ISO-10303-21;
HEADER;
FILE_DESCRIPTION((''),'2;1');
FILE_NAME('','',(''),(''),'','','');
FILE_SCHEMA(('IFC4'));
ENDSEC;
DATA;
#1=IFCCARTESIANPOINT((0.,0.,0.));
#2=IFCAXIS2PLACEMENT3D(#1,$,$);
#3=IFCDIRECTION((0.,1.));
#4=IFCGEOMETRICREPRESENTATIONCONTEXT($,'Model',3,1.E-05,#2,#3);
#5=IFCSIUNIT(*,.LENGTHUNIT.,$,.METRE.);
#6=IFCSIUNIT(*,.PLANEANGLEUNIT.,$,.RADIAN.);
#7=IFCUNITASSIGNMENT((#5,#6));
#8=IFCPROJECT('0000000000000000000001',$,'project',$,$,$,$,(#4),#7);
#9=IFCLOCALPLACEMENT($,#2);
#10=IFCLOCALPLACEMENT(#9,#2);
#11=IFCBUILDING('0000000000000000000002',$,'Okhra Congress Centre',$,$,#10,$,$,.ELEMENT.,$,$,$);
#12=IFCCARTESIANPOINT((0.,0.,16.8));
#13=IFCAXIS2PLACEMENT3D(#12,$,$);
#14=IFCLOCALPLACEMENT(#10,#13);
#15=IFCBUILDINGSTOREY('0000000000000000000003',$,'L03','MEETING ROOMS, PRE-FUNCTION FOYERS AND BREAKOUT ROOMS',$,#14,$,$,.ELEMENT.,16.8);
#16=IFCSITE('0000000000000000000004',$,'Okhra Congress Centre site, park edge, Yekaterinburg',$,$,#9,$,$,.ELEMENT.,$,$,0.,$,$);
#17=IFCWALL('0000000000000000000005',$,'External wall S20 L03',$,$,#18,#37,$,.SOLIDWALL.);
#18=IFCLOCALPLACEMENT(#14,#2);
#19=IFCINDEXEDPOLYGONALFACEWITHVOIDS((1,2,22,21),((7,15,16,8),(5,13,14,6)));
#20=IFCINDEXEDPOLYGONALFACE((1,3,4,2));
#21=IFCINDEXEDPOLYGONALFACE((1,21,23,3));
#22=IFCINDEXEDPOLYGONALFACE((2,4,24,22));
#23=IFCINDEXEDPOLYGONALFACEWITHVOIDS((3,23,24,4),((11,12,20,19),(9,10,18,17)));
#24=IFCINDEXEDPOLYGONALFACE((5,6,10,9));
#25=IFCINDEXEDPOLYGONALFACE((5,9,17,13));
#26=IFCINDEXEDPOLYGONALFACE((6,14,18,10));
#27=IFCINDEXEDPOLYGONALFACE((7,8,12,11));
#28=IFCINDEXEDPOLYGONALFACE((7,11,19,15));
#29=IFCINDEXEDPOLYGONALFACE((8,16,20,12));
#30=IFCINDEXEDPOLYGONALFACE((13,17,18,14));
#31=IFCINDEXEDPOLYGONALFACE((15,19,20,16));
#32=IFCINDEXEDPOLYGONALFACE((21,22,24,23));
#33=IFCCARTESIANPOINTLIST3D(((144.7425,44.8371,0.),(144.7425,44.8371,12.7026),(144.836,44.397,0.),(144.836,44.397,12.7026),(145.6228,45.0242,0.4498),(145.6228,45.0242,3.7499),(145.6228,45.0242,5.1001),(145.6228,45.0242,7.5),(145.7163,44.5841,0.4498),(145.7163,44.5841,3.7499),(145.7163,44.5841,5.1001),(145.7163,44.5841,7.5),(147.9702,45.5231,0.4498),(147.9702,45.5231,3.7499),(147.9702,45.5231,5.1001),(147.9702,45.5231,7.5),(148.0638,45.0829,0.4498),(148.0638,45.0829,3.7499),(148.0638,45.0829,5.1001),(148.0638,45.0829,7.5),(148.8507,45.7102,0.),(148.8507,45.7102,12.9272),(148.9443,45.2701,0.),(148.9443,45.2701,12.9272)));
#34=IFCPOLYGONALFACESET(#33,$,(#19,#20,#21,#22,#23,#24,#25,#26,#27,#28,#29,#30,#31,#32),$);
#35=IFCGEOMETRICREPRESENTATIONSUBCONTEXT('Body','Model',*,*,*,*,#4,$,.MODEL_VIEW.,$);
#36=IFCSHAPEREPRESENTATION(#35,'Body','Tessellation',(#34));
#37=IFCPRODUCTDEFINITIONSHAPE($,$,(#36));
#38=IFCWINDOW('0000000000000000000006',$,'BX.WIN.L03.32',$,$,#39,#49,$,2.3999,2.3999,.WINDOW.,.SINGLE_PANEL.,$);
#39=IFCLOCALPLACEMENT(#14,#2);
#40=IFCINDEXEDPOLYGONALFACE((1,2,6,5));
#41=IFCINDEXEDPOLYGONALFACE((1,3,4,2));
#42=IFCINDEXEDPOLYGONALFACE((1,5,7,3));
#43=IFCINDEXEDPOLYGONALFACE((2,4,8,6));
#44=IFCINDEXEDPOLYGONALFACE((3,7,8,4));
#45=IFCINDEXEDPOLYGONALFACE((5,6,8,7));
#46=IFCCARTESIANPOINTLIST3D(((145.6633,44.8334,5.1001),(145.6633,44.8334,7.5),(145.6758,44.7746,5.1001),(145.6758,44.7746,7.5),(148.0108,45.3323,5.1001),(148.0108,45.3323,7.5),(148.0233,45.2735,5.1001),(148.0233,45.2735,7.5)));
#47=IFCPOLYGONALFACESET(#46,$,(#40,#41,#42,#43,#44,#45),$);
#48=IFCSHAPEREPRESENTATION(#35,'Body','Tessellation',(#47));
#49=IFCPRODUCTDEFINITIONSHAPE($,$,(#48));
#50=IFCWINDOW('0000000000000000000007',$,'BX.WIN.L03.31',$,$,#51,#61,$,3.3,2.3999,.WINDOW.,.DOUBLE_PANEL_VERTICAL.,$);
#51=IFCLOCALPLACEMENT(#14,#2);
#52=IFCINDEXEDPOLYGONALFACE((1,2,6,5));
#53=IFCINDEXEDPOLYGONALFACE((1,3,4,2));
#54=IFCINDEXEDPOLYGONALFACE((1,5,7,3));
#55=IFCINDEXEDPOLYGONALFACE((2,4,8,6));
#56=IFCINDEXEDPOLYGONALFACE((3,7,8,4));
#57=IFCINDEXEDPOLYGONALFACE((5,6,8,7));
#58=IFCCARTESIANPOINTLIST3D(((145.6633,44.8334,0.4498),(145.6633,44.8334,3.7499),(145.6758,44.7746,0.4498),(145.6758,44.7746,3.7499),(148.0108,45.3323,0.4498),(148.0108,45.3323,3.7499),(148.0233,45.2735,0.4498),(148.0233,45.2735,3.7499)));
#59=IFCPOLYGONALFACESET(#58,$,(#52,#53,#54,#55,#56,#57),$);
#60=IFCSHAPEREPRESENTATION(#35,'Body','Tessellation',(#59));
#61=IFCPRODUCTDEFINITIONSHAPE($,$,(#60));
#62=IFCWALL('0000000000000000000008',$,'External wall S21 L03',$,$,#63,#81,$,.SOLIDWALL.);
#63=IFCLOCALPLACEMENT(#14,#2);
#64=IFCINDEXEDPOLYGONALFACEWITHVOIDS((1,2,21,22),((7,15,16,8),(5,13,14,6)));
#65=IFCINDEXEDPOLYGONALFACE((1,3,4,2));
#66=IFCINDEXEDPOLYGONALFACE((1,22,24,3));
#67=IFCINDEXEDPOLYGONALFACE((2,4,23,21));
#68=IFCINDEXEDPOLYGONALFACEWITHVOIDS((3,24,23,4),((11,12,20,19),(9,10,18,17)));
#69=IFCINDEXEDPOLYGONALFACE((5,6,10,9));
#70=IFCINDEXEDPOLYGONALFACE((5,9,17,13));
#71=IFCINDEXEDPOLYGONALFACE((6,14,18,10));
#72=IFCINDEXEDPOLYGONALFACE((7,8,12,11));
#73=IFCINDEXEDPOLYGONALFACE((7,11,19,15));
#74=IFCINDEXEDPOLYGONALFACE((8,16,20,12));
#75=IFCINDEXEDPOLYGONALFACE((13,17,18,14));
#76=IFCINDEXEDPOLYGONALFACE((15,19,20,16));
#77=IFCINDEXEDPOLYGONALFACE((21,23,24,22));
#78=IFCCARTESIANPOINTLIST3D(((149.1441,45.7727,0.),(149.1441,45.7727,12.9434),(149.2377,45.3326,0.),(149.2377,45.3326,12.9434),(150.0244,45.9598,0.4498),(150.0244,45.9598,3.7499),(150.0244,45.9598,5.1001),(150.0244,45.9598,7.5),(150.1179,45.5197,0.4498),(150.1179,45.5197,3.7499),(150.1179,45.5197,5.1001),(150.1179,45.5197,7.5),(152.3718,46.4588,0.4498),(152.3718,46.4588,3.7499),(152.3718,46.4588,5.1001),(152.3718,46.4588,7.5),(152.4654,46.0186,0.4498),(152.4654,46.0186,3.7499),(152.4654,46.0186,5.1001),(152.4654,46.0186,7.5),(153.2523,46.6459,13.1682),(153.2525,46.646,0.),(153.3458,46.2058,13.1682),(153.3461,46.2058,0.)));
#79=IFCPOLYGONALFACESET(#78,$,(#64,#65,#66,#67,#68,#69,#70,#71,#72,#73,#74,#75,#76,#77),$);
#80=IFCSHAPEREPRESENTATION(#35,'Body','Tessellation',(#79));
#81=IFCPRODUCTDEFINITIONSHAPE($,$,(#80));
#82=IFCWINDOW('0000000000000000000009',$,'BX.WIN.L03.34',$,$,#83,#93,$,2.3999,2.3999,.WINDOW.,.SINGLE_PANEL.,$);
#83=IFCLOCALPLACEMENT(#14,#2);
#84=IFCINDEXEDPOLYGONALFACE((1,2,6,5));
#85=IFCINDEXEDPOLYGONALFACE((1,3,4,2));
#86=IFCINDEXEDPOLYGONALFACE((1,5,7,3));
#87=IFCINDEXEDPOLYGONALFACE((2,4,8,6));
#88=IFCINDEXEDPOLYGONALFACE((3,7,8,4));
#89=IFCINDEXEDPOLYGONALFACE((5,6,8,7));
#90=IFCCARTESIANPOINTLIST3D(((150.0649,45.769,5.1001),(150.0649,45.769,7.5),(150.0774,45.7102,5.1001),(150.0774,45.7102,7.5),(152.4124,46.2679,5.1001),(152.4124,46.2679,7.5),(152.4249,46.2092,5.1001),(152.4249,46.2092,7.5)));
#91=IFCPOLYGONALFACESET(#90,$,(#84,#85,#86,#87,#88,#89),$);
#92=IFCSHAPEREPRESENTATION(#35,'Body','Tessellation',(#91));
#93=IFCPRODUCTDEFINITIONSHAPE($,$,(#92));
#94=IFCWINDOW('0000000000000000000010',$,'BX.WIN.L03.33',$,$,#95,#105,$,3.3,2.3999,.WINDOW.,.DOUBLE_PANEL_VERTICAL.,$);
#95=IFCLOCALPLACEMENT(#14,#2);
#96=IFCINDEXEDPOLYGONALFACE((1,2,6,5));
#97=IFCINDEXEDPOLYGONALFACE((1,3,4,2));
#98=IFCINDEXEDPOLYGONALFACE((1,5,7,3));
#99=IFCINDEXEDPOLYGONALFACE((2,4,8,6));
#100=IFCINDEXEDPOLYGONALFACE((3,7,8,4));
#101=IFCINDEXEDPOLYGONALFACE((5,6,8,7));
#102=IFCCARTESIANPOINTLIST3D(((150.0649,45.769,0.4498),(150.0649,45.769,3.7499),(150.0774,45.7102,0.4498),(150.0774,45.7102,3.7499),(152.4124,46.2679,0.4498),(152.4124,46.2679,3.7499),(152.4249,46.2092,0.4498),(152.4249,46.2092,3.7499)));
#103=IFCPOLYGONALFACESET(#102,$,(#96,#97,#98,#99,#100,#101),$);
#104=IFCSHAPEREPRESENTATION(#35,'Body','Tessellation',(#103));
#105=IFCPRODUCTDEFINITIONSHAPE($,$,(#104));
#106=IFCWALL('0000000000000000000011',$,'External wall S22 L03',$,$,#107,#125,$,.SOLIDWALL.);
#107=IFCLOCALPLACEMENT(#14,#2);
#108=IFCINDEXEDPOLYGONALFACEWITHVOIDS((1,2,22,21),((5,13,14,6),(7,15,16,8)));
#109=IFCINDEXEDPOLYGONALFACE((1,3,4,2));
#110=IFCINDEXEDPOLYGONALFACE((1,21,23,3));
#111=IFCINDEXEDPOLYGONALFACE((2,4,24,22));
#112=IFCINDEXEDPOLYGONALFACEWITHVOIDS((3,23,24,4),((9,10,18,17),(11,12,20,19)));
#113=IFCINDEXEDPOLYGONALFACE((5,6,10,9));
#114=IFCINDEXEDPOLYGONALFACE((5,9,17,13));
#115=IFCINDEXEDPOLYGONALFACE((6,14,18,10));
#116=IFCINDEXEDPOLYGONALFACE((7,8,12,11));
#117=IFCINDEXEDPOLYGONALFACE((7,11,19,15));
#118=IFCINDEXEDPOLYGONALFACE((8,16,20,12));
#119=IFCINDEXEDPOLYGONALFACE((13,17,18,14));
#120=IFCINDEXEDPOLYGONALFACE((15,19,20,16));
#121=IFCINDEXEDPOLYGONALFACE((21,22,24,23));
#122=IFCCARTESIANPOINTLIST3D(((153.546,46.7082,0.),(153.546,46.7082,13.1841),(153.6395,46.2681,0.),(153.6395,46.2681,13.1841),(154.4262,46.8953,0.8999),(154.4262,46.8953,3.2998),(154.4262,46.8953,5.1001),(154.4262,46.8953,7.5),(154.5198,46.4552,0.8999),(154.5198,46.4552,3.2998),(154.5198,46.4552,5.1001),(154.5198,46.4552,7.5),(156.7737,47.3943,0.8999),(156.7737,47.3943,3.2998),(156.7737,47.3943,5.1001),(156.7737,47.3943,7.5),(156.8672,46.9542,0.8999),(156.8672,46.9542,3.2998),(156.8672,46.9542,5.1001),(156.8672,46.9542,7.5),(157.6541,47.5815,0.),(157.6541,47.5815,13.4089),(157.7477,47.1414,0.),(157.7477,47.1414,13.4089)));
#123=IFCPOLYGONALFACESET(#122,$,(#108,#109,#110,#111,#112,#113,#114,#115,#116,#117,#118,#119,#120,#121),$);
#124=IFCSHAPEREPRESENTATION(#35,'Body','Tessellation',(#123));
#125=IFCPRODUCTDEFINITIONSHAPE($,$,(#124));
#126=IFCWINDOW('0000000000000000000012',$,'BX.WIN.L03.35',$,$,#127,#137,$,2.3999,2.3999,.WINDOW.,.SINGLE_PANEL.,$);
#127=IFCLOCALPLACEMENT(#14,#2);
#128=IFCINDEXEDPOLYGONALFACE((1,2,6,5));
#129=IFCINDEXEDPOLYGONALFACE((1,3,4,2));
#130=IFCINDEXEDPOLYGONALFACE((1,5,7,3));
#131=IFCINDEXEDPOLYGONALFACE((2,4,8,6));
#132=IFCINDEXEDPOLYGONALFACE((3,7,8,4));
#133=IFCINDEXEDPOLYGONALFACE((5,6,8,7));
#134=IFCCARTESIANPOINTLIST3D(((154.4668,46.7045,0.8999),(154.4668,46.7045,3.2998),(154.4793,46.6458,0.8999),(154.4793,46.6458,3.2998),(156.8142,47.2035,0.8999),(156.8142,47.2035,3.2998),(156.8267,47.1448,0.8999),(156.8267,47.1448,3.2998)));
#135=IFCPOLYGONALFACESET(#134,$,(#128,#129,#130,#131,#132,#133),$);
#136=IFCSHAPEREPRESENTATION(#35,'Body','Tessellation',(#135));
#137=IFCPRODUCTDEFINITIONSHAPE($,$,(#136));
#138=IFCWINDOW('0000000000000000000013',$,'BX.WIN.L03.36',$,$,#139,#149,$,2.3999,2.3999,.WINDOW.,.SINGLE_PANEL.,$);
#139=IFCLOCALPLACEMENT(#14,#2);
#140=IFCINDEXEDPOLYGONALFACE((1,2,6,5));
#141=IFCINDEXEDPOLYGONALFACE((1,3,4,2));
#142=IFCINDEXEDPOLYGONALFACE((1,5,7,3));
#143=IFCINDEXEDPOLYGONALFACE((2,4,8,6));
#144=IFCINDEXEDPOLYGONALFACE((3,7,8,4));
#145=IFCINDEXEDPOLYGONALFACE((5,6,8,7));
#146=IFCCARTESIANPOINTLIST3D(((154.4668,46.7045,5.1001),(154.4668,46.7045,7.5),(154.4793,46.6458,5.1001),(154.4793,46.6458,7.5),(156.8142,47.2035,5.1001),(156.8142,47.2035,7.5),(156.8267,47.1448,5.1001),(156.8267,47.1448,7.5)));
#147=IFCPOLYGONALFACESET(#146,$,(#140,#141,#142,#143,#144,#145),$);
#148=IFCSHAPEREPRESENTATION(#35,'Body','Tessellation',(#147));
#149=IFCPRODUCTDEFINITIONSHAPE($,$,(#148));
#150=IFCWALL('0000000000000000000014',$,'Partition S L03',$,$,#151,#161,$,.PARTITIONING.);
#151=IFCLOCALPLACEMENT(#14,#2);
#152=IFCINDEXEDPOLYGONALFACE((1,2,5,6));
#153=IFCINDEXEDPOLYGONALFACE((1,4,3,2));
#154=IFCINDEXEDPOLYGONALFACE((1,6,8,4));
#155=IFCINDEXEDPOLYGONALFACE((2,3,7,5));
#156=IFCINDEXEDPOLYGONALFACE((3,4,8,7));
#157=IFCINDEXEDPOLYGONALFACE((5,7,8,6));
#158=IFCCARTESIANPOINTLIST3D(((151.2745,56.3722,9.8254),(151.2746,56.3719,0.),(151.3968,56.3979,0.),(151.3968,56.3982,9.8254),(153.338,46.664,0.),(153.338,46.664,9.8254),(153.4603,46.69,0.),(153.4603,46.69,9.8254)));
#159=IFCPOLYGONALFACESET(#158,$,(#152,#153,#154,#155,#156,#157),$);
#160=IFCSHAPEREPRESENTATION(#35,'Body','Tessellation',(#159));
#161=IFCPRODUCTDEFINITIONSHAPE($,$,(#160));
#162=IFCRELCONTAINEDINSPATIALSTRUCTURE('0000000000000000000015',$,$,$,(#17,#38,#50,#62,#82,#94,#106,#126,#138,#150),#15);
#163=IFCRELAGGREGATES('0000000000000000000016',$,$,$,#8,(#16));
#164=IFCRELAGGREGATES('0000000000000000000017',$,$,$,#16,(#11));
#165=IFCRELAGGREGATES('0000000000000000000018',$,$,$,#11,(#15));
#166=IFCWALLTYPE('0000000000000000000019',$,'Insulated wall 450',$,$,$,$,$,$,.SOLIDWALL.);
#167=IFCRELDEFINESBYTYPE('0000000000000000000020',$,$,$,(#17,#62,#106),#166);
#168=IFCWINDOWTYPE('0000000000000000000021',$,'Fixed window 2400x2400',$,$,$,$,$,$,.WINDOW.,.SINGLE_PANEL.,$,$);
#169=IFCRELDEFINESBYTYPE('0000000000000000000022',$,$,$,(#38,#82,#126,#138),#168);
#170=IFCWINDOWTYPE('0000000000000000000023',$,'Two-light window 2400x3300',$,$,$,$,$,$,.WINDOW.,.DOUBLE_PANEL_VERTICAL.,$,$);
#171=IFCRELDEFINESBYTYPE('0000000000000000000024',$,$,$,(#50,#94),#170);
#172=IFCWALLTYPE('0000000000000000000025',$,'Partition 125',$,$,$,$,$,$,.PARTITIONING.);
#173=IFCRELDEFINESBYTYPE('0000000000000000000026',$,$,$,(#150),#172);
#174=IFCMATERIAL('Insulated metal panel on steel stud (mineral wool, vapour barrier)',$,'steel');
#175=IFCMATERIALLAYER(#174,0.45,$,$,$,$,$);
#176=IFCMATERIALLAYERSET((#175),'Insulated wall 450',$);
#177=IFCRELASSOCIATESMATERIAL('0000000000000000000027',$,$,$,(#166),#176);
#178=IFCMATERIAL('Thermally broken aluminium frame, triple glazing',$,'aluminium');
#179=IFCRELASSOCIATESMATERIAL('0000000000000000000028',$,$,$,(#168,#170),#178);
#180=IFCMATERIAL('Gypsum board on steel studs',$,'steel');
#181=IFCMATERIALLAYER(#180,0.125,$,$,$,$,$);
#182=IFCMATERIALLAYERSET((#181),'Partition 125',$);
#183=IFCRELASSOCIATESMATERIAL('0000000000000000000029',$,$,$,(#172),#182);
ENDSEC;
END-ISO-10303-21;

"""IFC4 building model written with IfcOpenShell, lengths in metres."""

from ifc_helpers import new_model, si_unit, direction, frame, frame_2d, origin, place, context, subcontext, project, spatial, polyline, rectangle, outline, extrude, material, layer, layer_set, type_object, element, fill, save


model = new_model("IFC4")

# Units and contexts
model_context = context("Model", 3, precision=1e-05, world=origin(), true_north=direction((0.0, 1.0)))
body_context = subcontext(model_context, "Body", "Model", "MODEL_VIEW")
ifc_project = project(units=[si_unit("LENGTHUNIT", "METRE"), si_unit("PLANEANGLEUNIT", "RADIAN")], contexts=[model_context])

# Site, building, storey
site_placement = place(None, origin())
site = spatial("IfcSite", under=ifc_project, at=site_placement, Name="Okhra Congress Centre site, park edge, Yekaterinburg", CompositionType="ELEMENT", RefElevation=0.0)
building_placement = place(site_placement, origin())
building = spatial("IfcBuilding", under=site, at=building_placement, Name="Okhra Congress Centre", CompositionType="ELEMENT")
storey_placement = place(building_placement, frame((0.0, 0.0, 16.8)))
storey = spatial("IfcBuildingStorey", under=building, at=storey_placement, Name="L03", Description="MEETING ROOMS, PRE-FUNCTION FOYERS AND BREAKOUT ROOMS", CompositionType="ELEMENT", Elevation=16.8)

# Walls, openings, windows
ifc_material_1 = material(Name="Insulated metal panel on steel stud (mineral wool, vapour barrier)", Category="steel")
ifc_layer_1 = layer(ifc_material_1, 0.45)
ifc_layer_set_1 = layer_set([ifc_layer_1], Name="Insulated wall 450")
wall_type_1 = type_object("IfcWallType", Name="Insulated wall 450", PredefinedType="SOLIDWALL", material=ifc_layer_set_1)
wall_1_placement = place(storey_placement, frame((144.7893, 44.6169, 0.0), z_axis=(0.0, 0.0, 1.0), x_axis=(0.978156, 0.207873, 0.0)))
wall_1 = element("IfcWall", 1, at=wall_1_placement, inside=storey, type_object=wall_type_1, Name="External wall S20 L03", PredefinedType="SOLIDWALL", context=body_context, shape_type="SweptSolid", body=[
    extrude(outline(polyline([(0.0, 0.0), (4.2, 0.0), (4.2, 12.9272), (0.0, 12.7026), (0.0, 0.0)])), frame((0.0, 0.2251, 0.0), z_axis=(0.0, -1.0, 0.0), x_axis=(1.0, 0.0, 0.0)), (0.0, 0.0, 1.0), 0.45),
])
opening_1_placement = place(wall_1_placement, frame((0.8999, 0.0, 0.45)))
opening_1 = element("IfcOpeningElement", 2, at=opening_1_placement, cuts=wall_1, PredefinedType="OPENING", context=body_context, shape_type="SweptSolid", body=[
    extrude(rectangle(XDim=2.3999, YDim=3.3, at=frame_2d((1.2, 1.6499))), frame((0.0, 0.2349, 0.0), z_axis=(0.0, -1.0, 0.0), x_axis=(1.0, 0.0, 0.0)), (0.0, 0.0, 1.0), 0.47),
])
opening_2_placement = place(wall_1_placement, frame((0.8999, 0.0, 5.1001)))
opening_2 = element("IfcOpeningElement", 3, at=opening_2_placement, cuts=wall_1, PredefinedType="OPENING", context=body_context, shape_type="SweptSolid", body=[
    extrude(rectangle(XDim=2.3999, YDim=2.3999, at=frame_2d((1.2, 1.2))), frame((0.0, 0.2349, 0.0), z_axis=(0.0, -1.0, 0.0), x_axis=(1.0, 0.0, 0.0)), (0.0, 0.0, 1.0), 0.47),
])
ifc_material_2 = material(Name="Thermally broken aluminium frame, triple glazing", Category="aluminium")
window_type_1 = type_object("IfcWindowType", Name="Fixed window 2400x2400", PartitioningType="SINGLE_PANEL", PredefinedType="WINDOW", material=ifc_material_2)
window_1_placement = place(opening_2_placement, origin())
window_1 = element("IfcWindow", 4, at=window_1_placement, inside=storey, type_object=window_type_1, Name="BX.WIN.L03.32", OverallHeight=2.3999, OverallWidth=2.3999, PartitioningType="SINGLE_PANEL", PredefinedType="WINDOW", context=body_context, shape_type="SweptSolid", body=[
    extrude(rectangle(XDim=2.3999, YDim=2.3999, at=frame_2d((1.2, 1.2))), frame((0.0, 0.03, 0.0), z_axis=(0.0, -1.0, 0.0), x_axis=(1.0, 0.0, 0.0)), (0.0, 0.0, 1.0), 0.0601),
])
fill(opening_2, window_1)
window_type_2 = type_object("IfcWindowType", Name="Two-light window 2400x3300", PartitioningType="DOUBLE_PANEL_VERTICAL", PredefinedType="WINDOW", material=ifc_material_2)
window_2_placement = place(opening_1_placement, origin())
window_2 = element("IfcWindow", 5, at=window_2_placement, inside=storey, type_object=window_type_2, Name="BX.WIN.L03.31", OverallHeight=3.3, OverallWidth=2.3999, PartitioningType="DOUBLE_PANEL_VERTICAL", PredefinedType="WINDOW", context=body_context, shape_type="SweptSolid", body=[
    extrude(rectangle(XDim=2.3999, YDim=3.3, at=frame_2d((1.2, 1.6499))), frame((0.0, 0.03, 0.0), z_axis=(0.0, -1.0, 0.0), x_axis=(1.0, 0.0, 0.0)), (0.0, 0.0, 1.0), 0.0601),
])
fill(opening_1, window_2)
wall_2_placement = place(storey_placement, frame((149.1909, 45.5525, 0.0), z_axis=(0.0, 0.0, 1.0), x_axis=(0.978146, 0.207917, 0.0)))
wall_2 = element("IfcWall", 6, at=wall_2_placement, inside=storey, type_object=wall_type_1, Name="External wall S21 L03", PredefinedType="SOLIDWALL", context=body_context, shape_type="SweptSolid", body=[
    extrude(outline(polyline([(0.0, 0.0), (4.2002, 0.0), (4.2, 13.1682), (0.0, 12.9434), (0.0, 0.0)])), frame((0.0, 0.2251, 0.0), z_axis=(0.0, -1.0, 0.0), x_axis=(1.0, 0.0, 0.0)), (0.0, 0.0, 1.0), 0.45),
])
opening_3_placement = place(wall_2_placement, frame((0.8999, 0.0, 0.45)))
opening_3 = element("IfcOpeningElement", 7, at=opening_3_placement, cuts=wall_2, PredefinedType="OPENING", context=body_context, shape_type="SweptSolid", body=[
    extrude(rectangle(XDim=2.3999, YDim=3.3, at=frame_2d((1.2, 1.6499))), frame((0.0, 0.2349, 0.0), z_axis=(0.0, -1.0, 0.0), x_axis=(1.0, 0.0, 0.0)), (0.0, 0.0, 1.0), 0.47),
])
opening_4_placement = place(wall_2_placement, frame((0.8999, 0.0, 5.1001)))
opening_4 = element("IfcOpeningElement", 8, at=opening_4_placement, cuts=wall_2, PredefinedType="OPENING", context=body_context, shape_type="SweptSolid", body=[
    extrude(rectangle(XDim=2.3999, YDim=2.3999, at=frame_2d((1.2, 1.2))), frame((0.0, 0.2349, 0.0), z_axis=(0.0, -1.0, 0.0), x_axis=(1.0, 0.0, 0.0)), (0.0, 0.0, 1.0), 0.47),
])
window_3_placement = place(opening_4_placement, origin())
window_3 = element("IfcWindow", 9, at=window_3_placement, inside=storey, type_object=window_type_1, Name="BX.WIN.L03.34", OverallHeight=2.3999, OverallWidth=2.3999, PartitioningType="SINGLE_PANEL", PredefinedType="WINDOW", context=body_context, shape_type="SweptSolid", body=[
    extrude(rectangle(XDim=2.3999, YDim=2.3999, at=frame_2d((1.2, 1.2))), frame((0.0, 0.03, 0.0), z_axis=(0.0, -1.0, 0.0), x_axis=(1.0, 0.0, 0.0)), (0.0, 0.0, 1.0), 0.0601),
])
fill(opening_4, window_3)
window_4_placement = place(opening_3_placement, origin())
window_4 = element("IfcWindow", 10, at=window_4_placement, inside=storey, type_object=window_type_2, Name="BX.WIN.L03.33", OverallHeight=3.3, OverallWidth=2.3999, PartitioningType="DOUBLE_PANEL_VERTICAL", PredefinedType="WINDOW", context=body_context, shape_type="SweptSolid", body=[
    extrude(rectangle(XDim=2.3999, YDim=3.3, at=frame_2d((1.2, 1.6499))), frame((0.0, 0.03, 0.0), z_axis=(0.0, -1.0, 0.0), x_axis=(1.0, 0.0, 0.0)), (0.0, 0.0, 1.0), 0.0601),
])
fill(opening_3, window_4)
wall_3_placement = place(storey_placement, frame((153.5928, 46.488, 0.0), z_axis=(0.0, 0.0, 1.0), x_axis=(0.978144, 0.207929, 0.0)))
wall_3 = element("IfcWall", 11, at=wall_3_placement, inside=storey, type_object=wall_type_1, Name="External wall S22 L03", PredefinedType="SOLIDWALL", context=body_context, shape_type="SweptSolid", body=[
    extrude(outline(polyline([(0.0, 0.0), (4.2, 0.0), (4.2, 13.4089), (0.0, 13.1841), (0.0, 0.0)])), frame((0.0, 0.2251, 0.0), z_axis=(0.0, -1.0, 0.0), x_axis=(1.0, 0.0, 0.0)), (0.0, 0.0, 1.0), 0.45),
])
opening_5_placement = place(wall_3_placement, frame((0.8999, 0.0, 0.8999)))
opening_5 = element("IfcOpeningElement", 12, at=opening_5_placement, cuts=wall_3, PredefinedType="OPENING", context=body_context, shape_type="SweptSolid", body=[
    extrude(rectangle(XDim=2.3999, YDim=2.3999, at=frame_2d((1.2, 1.2))), frame((0.0, 0.2349, 0.0), z_axis=(0.0, -1.0, 0.0), x_axis=(1.0, 0.0, 0.0)), (0.0, 0.0, 1.0), 0.47),
])
opening_6_placement = place(wall_3_placement, frame((0.8999, 0.0, 5.1001)))
opening_6 = element("IfcOpeningElement", 13, at=opening_6_placement, cuts=wall_3, PredefinedType="OPENING", context=body_context, shape_type="SweptSolid", body=[
    extrude(rectangle(XDim=2.3999, YDim=2.3999, at=frame_2d((1.2, 1.2))), frame((0.0, 0.2349, 0.0), z_axis=(0.0, -1.0, 0.0), x_axis=(1.0, 0.0, 0.0)), (0.0, 0.0, 1.0), 0.47),
])
window_5_placement = place(opening_5_placement, origin())
window_5 = element("IfcWindow", 14, at=window_5_placement, inside=storey, type_object=window_type_1, Name="BX.WIN.L03.35", OverallHeight=2.3999, OverallWidth=2.3999, PartitioningType="SINGLE_PANEL", PredefinedType="WINDOW", context=body_context, shape_type="SweptSolid", body=[
    extrude(rectangle(XDim=2.3999, YDim=2.3999, at=frame_2d((1.2, 1.2))), frame((0.0, 0.03, 0.0), z_axis=(0.0, -1.0, 0.0), x_axis=(1.0, 0.0, 0.0)), (0.0, 0.0, 1.0), 0.0601),
])
fill(opening_5, window_5)
window_6_placement = place(opening_6_placement, origin())
window_6 = element("IfcWindow", 15, at=window_6_placement, inside=storey, type_object=window_type_1, Name="BX.WIN.L03.36", OverallHeight=2.3999, OverallWidth=2.3999, PartitioningType="SINGLE_PANEL", PredefinedType="WINDOW", context=body_context, shape_type="SweptSolid", body=[
    extrude(rectangle(XDim=2.3999, YDim=2.3999, at=frame_2d((1.2, 1.2))), frame((0.0, 0.03, 0.0), z_axis=(0.0, -1.0, 0.0), x_axis=(1.0, 0.0, 0.0)), (0.0, 0.0, 1.0), 0.0601),
])
fill(opening_6, window_6)

# Wall
ifc_material_3 = material(Name="Gypsum board on steel studs", Category="steel")
ifc_layer_2 = layer(ifc_material_3, 0.125)
ifc_layer_set_2 = layer_set([ifc_layer_2], Name="Partition 125")
wall_type_2 = type_object("IfcWallType", Name="Partition 125", PredefinedType="PARTITIONING", material=ifc_layer_set_2)
wall_4_placement = place(storey_placement, frame((153.3992, 46.677, 0.0), z_axis=(0.0, 0.0, 1.0), x_axis=(-0.207909, 0.978148, 0.0)))
element("IfcWall", 16, at=wall_4_placement, inside=storey, type_object=wall_type_2, Name="Partition S L03", PredefinedType="PARTITIONING", context=body_context, shape_type="SweptSolid", body=[
    extrude(outline(polyline([(0.0, 0.0), (9.9248, 0.0), (9.925, 9.8254), (0.0, 9.8254), (0.0, 0.0)])), frame((0.0, 0.0625, 0.0), z_axis=(0.0, -1.0, 0.0), x_axis=(1.0, 0.0, 0.0)), (0.0, 0.0, 1.0), 0.125),
])

save(model, "model.ifc")
